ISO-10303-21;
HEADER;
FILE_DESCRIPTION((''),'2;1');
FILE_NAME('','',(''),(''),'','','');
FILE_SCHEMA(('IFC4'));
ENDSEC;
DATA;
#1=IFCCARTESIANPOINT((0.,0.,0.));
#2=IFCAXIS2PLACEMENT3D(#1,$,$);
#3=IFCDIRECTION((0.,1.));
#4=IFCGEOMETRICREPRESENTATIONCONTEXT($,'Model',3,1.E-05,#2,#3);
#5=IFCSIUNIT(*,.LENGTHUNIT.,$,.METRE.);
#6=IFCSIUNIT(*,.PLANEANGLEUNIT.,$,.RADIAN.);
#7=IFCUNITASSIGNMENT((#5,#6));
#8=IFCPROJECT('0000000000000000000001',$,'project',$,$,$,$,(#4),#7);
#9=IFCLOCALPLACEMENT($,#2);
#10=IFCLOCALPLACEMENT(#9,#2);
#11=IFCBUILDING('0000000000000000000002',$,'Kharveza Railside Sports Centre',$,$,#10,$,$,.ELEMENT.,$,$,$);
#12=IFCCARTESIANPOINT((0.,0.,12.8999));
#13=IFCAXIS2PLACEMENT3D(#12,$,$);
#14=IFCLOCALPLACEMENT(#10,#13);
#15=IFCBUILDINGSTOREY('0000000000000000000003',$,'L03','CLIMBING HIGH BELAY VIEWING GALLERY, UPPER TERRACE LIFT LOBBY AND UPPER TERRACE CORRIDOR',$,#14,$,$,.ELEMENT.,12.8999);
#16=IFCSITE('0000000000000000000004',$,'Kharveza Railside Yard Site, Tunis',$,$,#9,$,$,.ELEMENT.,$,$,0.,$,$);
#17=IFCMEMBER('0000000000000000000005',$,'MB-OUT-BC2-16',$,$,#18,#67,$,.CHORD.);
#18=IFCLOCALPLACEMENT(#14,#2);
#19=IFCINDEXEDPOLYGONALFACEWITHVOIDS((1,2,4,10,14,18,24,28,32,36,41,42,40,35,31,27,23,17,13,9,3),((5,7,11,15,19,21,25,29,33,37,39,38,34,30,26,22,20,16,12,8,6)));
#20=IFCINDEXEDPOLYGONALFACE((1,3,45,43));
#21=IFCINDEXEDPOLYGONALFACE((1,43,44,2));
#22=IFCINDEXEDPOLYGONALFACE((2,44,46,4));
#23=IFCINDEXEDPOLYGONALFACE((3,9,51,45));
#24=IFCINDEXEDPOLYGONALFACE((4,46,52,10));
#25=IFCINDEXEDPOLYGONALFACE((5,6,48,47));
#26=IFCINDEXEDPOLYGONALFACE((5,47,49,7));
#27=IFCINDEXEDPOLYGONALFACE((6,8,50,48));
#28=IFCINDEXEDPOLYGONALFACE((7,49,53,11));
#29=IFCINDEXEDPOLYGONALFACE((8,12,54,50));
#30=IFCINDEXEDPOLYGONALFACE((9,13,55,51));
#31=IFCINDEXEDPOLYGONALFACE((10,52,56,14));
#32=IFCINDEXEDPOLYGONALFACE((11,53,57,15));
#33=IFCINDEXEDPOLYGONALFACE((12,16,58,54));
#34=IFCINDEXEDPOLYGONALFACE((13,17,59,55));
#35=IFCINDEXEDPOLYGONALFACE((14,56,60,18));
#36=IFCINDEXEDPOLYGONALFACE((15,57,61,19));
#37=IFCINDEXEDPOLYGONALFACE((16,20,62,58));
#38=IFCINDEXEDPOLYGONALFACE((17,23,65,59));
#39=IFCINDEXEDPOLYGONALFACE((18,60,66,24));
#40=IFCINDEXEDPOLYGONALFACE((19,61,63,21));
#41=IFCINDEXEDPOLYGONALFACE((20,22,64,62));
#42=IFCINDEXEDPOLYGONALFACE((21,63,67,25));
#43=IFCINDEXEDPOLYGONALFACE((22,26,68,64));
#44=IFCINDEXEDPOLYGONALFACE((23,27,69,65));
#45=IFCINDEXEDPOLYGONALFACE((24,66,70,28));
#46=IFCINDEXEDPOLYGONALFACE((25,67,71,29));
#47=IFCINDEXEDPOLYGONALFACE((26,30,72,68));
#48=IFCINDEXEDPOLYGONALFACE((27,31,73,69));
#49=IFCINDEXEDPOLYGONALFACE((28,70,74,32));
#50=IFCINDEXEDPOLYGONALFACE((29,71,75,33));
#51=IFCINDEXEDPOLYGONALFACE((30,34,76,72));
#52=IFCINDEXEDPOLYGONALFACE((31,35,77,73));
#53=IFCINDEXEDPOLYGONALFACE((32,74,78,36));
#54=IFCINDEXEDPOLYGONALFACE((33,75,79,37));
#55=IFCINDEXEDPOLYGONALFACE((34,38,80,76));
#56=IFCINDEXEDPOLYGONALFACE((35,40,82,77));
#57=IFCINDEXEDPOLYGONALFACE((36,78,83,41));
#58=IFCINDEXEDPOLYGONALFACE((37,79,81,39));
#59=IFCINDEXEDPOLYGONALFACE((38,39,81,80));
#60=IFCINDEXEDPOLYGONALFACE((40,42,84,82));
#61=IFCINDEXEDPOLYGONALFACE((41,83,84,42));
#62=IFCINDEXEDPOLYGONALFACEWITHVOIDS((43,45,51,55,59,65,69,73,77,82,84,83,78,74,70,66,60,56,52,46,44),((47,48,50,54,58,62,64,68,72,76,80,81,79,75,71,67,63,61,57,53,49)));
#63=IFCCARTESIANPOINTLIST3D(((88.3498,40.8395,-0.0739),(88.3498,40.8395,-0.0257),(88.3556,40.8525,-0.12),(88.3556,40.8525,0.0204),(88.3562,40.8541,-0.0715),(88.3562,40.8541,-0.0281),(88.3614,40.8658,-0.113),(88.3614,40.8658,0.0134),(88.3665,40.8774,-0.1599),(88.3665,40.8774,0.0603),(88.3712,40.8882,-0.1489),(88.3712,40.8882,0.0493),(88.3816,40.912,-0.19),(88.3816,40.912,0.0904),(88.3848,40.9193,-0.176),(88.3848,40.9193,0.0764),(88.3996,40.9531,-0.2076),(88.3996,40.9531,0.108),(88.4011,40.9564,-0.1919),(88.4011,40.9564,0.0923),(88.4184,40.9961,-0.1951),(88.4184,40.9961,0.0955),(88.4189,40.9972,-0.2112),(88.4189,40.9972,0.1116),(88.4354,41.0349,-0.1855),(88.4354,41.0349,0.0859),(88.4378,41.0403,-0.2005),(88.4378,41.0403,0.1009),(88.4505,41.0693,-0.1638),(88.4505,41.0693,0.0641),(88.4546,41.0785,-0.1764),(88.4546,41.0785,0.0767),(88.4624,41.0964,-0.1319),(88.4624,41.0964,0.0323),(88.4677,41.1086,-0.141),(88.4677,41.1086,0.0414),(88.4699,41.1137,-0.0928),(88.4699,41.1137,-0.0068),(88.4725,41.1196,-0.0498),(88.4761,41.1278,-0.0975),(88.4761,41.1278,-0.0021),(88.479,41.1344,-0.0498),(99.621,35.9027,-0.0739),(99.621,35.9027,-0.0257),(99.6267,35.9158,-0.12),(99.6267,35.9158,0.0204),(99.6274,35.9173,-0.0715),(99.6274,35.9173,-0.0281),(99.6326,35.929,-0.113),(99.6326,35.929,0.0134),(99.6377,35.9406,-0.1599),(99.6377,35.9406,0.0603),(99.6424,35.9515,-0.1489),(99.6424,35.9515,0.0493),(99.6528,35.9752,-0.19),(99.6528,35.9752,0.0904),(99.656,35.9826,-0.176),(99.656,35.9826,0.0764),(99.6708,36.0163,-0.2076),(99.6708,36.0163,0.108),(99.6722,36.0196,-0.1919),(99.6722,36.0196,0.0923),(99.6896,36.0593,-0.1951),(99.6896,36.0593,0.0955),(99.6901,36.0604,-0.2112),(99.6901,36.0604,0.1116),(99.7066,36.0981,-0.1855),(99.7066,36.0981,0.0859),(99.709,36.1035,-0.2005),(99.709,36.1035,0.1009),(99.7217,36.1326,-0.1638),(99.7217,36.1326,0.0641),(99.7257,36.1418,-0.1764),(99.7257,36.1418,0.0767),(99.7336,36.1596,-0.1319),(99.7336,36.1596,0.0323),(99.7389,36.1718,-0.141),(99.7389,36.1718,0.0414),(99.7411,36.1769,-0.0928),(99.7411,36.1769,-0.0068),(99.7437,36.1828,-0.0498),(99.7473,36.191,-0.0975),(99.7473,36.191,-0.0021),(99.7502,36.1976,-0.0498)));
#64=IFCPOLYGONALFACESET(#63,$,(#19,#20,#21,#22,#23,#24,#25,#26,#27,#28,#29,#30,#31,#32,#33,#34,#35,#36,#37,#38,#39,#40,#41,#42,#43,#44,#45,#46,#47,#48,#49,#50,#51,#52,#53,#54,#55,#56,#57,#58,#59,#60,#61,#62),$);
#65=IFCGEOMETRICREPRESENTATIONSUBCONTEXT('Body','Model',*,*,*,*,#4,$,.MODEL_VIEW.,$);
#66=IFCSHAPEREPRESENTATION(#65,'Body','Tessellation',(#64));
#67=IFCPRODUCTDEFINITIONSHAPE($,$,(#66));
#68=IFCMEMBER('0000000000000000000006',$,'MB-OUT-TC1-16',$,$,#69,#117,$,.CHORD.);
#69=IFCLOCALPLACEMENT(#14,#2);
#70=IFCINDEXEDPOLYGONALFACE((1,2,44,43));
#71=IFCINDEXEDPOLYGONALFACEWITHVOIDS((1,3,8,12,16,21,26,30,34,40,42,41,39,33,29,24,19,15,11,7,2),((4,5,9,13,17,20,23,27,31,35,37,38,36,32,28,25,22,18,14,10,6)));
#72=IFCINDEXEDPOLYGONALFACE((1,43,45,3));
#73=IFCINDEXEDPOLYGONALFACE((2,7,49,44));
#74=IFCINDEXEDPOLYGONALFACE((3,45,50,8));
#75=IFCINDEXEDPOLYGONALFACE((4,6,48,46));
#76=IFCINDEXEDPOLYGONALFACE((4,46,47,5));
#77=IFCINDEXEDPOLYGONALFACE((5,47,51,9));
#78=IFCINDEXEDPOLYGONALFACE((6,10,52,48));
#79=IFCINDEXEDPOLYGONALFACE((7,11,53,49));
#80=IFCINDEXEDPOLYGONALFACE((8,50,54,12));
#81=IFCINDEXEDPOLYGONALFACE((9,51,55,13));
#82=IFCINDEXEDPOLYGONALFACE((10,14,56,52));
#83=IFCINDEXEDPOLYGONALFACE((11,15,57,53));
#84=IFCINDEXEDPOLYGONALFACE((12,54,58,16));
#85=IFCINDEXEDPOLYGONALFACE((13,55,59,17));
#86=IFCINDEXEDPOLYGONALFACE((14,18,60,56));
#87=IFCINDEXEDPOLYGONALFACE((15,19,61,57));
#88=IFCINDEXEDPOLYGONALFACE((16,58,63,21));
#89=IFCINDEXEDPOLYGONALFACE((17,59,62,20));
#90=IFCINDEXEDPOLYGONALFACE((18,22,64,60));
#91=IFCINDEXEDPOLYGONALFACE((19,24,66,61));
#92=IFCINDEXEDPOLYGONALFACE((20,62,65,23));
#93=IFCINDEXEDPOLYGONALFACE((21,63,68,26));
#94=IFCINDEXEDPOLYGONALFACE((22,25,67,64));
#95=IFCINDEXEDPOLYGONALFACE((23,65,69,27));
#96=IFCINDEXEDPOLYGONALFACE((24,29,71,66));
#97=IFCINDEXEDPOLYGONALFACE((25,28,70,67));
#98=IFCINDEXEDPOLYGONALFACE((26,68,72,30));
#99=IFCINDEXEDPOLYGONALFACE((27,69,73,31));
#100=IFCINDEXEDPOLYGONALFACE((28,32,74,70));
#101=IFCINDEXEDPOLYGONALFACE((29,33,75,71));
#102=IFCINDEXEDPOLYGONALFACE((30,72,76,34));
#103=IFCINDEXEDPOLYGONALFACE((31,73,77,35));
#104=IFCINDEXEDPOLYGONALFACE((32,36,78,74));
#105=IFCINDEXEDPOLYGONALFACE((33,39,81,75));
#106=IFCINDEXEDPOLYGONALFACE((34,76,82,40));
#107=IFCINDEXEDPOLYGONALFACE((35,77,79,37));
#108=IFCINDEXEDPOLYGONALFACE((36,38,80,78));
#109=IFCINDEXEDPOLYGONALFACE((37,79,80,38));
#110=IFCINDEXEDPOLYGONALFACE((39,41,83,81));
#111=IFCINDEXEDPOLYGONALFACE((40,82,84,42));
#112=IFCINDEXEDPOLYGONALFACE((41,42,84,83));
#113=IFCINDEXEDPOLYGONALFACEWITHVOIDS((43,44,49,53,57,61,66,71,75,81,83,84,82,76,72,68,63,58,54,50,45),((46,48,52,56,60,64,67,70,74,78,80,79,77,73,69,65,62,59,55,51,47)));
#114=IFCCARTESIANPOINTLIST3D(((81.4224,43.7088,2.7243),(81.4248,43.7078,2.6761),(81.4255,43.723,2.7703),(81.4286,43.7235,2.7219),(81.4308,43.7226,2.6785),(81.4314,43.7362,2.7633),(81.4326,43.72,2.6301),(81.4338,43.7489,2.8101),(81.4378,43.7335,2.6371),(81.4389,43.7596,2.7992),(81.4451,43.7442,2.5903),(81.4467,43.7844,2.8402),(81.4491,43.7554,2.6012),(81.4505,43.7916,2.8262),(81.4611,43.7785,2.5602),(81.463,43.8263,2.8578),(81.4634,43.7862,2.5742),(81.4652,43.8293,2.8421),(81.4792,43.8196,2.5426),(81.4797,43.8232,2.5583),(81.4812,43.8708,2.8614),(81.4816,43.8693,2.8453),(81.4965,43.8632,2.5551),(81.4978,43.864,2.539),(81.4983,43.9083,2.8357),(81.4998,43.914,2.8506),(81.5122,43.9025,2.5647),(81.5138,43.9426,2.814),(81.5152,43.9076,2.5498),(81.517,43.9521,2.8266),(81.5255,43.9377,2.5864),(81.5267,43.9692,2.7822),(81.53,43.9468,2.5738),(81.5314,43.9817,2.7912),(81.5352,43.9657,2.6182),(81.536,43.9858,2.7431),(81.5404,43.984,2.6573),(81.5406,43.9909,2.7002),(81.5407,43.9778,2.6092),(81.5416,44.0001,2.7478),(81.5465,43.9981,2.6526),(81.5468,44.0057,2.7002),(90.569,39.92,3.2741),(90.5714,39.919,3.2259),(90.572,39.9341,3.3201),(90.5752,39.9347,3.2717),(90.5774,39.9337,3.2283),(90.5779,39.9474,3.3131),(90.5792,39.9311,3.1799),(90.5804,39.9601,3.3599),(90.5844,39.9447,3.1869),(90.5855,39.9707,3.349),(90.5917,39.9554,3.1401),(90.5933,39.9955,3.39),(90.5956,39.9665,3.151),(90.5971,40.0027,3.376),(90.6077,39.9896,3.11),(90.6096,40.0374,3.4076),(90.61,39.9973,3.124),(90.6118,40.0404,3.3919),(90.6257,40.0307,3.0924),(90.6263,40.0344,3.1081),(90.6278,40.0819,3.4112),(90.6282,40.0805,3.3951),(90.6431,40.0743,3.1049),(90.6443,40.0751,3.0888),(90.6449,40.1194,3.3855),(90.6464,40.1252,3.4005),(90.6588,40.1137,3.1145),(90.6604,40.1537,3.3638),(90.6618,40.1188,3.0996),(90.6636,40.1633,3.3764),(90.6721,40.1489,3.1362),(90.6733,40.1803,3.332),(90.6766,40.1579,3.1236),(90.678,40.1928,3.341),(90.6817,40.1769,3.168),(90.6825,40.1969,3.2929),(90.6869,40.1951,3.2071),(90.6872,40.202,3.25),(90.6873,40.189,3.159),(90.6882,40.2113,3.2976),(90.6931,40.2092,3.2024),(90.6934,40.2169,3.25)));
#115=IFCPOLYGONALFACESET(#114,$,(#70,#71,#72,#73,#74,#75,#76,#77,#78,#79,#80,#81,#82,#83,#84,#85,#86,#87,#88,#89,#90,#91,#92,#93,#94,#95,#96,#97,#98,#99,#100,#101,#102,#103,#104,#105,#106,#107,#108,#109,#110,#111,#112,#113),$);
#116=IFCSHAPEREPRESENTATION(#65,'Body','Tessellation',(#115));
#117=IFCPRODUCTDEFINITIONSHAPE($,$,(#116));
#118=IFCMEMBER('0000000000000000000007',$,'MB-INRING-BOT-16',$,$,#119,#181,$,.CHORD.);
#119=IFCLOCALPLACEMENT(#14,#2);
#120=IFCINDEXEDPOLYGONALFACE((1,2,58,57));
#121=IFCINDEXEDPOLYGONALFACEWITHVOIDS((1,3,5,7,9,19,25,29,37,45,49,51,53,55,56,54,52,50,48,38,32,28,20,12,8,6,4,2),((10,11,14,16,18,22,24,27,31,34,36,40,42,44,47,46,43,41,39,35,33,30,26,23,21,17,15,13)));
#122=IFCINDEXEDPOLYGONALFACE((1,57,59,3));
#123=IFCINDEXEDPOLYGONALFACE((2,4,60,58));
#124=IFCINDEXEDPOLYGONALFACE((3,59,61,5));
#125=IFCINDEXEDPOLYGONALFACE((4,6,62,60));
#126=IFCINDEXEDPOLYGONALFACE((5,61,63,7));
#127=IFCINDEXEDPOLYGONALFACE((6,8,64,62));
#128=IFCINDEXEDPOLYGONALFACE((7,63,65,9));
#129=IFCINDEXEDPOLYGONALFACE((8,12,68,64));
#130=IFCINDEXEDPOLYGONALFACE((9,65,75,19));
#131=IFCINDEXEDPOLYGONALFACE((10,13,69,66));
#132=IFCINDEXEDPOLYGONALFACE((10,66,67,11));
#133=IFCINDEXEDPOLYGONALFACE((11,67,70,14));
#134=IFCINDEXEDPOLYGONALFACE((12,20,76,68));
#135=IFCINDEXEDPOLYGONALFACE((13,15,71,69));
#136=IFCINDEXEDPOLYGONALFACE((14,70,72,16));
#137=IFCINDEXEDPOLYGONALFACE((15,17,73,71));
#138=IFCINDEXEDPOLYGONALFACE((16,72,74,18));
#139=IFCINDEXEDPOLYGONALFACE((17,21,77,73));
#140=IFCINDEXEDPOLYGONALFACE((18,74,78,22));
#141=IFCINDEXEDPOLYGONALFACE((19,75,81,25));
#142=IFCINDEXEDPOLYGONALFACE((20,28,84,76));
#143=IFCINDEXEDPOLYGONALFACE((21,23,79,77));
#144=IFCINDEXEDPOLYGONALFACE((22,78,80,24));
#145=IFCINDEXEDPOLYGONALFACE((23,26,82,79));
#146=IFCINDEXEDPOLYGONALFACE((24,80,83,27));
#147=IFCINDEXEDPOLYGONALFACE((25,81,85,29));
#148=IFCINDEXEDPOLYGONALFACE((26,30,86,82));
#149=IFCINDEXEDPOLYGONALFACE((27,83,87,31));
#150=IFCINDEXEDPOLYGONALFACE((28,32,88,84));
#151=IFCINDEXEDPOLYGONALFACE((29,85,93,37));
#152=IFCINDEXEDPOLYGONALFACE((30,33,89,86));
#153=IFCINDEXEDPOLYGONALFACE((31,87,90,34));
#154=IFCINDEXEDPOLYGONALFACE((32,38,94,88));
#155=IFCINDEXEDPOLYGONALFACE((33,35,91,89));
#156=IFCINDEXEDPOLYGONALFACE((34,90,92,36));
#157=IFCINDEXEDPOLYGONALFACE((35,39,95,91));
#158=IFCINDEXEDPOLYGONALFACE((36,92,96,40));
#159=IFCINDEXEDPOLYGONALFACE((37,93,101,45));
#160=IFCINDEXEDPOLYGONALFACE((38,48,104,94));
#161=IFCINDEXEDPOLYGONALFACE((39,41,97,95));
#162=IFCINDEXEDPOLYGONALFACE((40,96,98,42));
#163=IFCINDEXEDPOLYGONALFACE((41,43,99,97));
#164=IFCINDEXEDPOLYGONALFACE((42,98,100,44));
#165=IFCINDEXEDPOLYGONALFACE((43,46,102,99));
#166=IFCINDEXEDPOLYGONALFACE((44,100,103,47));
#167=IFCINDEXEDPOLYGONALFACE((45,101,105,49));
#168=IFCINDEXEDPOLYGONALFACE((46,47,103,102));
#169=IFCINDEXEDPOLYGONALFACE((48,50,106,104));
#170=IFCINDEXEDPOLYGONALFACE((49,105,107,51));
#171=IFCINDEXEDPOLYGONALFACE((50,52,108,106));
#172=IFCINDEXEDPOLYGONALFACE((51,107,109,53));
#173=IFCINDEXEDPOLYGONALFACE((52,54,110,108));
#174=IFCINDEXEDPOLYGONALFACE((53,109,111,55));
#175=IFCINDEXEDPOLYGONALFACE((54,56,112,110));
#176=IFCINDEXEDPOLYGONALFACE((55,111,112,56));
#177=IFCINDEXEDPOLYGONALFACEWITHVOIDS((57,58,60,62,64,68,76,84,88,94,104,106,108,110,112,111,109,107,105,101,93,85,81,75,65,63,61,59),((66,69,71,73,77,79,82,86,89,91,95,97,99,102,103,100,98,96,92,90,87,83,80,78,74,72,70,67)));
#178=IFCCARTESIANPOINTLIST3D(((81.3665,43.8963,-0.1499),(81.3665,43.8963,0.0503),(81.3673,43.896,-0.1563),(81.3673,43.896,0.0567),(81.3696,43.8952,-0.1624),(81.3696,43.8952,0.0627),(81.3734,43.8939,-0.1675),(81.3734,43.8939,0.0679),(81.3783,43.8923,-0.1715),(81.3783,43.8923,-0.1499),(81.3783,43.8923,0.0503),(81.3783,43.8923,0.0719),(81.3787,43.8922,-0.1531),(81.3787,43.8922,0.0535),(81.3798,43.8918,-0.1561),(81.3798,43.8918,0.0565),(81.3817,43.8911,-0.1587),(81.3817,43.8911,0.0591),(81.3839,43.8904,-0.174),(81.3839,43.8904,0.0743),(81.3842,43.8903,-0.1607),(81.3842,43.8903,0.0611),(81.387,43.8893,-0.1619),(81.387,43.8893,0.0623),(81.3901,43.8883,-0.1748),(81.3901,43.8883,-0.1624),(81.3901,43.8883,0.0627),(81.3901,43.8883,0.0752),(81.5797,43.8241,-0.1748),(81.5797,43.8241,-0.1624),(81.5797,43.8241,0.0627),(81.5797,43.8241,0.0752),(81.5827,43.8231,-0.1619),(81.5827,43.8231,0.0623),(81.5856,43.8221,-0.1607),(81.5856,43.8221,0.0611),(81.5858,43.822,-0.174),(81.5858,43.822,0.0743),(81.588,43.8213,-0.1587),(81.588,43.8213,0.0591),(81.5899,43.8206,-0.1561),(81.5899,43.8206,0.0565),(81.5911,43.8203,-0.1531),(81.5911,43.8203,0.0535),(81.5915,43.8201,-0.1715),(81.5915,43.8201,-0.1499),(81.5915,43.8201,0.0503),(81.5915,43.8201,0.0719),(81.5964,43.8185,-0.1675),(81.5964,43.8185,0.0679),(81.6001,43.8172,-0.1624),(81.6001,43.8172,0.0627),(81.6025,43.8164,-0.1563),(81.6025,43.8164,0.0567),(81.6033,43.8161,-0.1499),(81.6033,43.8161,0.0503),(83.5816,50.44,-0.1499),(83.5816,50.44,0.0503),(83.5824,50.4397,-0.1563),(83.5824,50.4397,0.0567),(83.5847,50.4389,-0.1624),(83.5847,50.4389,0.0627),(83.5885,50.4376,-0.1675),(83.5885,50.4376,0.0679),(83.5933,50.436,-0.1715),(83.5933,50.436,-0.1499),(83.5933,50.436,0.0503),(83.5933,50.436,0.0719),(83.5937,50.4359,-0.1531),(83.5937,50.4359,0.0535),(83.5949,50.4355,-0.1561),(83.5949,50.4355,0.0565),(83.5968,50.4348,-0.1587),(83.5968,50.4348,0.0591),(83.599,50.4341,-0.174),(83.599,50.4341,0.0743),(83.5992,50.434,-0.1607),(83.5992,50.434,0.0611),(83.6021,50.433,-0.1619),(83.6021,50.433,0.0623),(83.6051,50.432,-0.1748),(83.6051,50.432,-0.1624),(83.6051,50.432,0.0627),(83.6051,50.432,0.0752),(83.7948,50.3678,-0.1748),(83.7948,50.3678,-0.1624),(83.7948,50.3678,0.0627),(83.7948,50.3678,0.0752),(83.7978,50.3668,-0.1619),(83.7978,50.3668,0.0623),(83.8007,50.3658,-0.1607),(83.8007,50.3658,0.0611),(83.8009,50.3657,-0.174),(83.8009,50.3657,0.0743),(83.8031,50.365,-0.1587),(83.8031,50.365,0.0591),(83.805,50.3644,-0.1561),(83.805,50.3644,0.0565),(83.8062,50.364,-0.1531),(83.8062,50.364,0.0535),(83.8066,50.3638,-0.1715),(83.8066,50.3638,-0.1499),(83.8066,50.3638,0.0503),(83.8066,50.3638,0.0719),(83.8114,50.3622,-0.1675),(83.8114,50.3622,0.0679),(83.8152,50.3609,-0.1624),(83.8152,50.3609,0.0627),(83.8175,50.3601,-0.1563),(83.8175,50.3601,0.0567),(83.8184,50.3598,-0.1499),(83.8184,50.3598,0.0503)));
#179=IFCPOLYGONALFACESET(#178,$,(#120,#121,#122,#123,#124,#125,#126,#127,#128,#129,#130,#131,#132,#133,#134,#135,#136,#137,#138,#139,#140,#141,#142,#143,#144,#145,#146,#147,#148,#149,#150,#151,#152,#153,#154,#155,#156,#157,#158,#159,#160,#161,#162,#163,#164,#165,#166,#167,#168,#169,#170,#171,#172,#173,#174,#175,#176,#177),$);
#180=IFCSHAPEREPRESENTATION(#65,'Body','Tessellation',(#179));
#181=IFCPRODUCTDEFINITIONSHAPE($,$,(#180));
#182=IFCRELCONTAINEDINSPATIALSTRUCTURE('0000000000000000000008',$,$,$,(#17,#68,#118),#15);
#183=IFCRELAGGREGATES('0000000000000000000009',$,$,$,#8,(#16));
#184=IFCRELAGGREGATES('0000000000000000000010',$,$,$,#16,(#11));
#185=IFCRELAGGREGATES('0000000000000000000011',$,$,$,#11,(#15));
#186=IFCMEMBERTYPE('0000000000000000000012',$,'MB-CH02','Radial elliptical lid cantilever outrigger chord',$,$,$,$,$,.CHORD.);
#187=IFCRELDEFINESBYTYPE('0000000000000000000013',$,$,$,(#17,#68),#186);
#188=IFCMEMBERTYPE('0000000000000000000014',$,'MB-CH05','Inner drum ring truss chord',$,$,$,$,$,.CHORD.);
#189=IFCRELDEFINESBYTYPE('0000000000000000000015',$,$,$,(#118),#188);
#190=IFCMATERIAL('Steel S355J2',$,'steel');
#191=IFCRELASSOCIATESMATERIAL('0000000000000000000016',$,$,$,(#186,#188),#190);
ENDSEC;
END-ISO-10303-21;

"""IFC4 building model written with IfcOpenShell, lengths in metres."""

from ifc_helpers import new_model, si_unit, direction, frame, origin, origin_2d, place, context, subcontext, project, spatial, hollow_rectangle, hollow_circle, extrude, material, material_profile, profile_set, type_object, element, save


model = new_model("IFC4")

# Units and contexts
model_context = context("Model", 3, precision=1e-05, world=origin(), true_north=direction((0.0, 1.0)))
body_context = subcontext(model_context, "Body", "Model", "MODEL_VIEW")
ifc_project = project(units=[si_unit("LENGTHUNIT", "METRE"), si_unit("PLANEANGLEUNIT", "RADIAN")], contexts=[model_context])

# Site, building, storey
site_placement = place(None, origin())
site = spatial("IfcSite", under=ifc_project, at=site_placement, Name="Kharveza Railside Yard Site, Tunis", CompositionType="ELEMENT", RefElevation=0.0)
building_placement = place(site_placement, origin())
building = spatial("IfcBuilding", under=site, at=building_placement, Name="Kharveza Railside Sports Centre", CompositionType="ELEMENT")
storey_placement = place(building_placement, frame((0.0, 0.0, 12.8999)))
storey = spatial("IfcBuildingStorey", under=building, at=storey_placement, Name="L03", Description="CLIMBING HIGH BELAY VIEWING GALLERY, UPPER TERRACE LIFT LOBBY AND UPPER TERRACE CORRIDOR", CompositionType="ELEMENT", Elevation=12.8999)

# Shared definitions
ifc_material_1 = material(Name="Steel S355J2", Category="steel")

# Members
ifc_material_profile_1 = material_profile(ifc_material_1, hollow_circle(Radius=0.1619, WallThickness=0.0161, at=origin_2d()), Name="CHS 323.9x16.0")
ifc_profile_set_1 = profile_set([ifc_material_profile_1], Name="Steel S355J2")
member_type_1 = type_object("IfcMemberType", Name="MB-CH02", Description="Radial elliptical lid cantilever outrigger chord", PredefinedType="CHORD", material=ifc_profile_set_1)
member_1_placement = place(storey_placement, frame((88.4141, 40.9861, -0.0498), z_axis=(0.91599, -0.401201, 0.0), x_axis=(0.401201, 0.91599, 0.0)))
element("IfcMember", 1, at=member_1_placement, inside=storey, type_object=member_type_1, Name="MB-OUT-BC2-16", PredefinedType="CHORD", context=body_context, shape_type="SweptSolid", body=[
    extrude(hollow_circle(Radius=0.1619, WallThickness=0.0161, at=origin_2d()), origin(), (0.0, 0.0, 1.0), 12.3049),
])
member_2_placement = place(storey_placement, frame((81.4849, 43.8562, 2.7002), z_axis=(0.92245, -0.382114, 0.055449), x_axis=(0.382702, 0.923872, 0.0)))
element("IfcMember", 2, at=member_2_placement, inside=storey, type_object=member_type_1, Name="MB-OUT-TC1-16", PredefinedType="CHORD", context=body_context, shape_type="SweptSolid", body=[
    extrude(hollow_circle(Radius=0.1619, WallThickness=0.0161, at=origin_2d()), origin(), (0.0, 0.0, 1.0), 9.9155),
])
ifc_material_profile_2 = material_profile(ifc_material_1, hollow_rectangle(XDim=0.25, YDim=0.25, WallThickness=0.0125, InnerFilletRadius=0.0125, OuterFilletRadius=0.0249, at=origin_2d()), Name="SHS 250x250x12.5")
ifc_profile_set_2 = profile_set([ifc_material_profile_2], Name="Steel S355J2")
member_type_2 = type_object("IfcMemberType", Name="MB-CH05", Description="Inner drum ring truss chord", PredefinedType="CHORD", material=ifc_profile_set_2)
for number, where, z_axis, x_axis, name in (
    (3, (81.4849, 43.8562, -0.0498), (0.320635, 0.947203, 0.0), (-0.947203, 0.320635, 0.0), "MB-INRING-BOT-16"),
):
    element("IfcMember", number, at=place(storey_placement, frame(where, z_axis=z_axis, x_axis=x_axis)), inside=storey, type_object=member_type_2, Name=name, PredefinedType="CHORD", context=body_context, shape_type="SweptSolid", body=[
        extrude(hollow_rectangle(XDim=0.25, YDim=0.25, WallThickness=0.0125, InnerFilletRadius=0.0125, OuterFilletRadius=0.0249, at=origin_2d()), origin(), (0.0, 0.0, 1.0), 6.9084),
    ])

save(model, "model.ifc")
